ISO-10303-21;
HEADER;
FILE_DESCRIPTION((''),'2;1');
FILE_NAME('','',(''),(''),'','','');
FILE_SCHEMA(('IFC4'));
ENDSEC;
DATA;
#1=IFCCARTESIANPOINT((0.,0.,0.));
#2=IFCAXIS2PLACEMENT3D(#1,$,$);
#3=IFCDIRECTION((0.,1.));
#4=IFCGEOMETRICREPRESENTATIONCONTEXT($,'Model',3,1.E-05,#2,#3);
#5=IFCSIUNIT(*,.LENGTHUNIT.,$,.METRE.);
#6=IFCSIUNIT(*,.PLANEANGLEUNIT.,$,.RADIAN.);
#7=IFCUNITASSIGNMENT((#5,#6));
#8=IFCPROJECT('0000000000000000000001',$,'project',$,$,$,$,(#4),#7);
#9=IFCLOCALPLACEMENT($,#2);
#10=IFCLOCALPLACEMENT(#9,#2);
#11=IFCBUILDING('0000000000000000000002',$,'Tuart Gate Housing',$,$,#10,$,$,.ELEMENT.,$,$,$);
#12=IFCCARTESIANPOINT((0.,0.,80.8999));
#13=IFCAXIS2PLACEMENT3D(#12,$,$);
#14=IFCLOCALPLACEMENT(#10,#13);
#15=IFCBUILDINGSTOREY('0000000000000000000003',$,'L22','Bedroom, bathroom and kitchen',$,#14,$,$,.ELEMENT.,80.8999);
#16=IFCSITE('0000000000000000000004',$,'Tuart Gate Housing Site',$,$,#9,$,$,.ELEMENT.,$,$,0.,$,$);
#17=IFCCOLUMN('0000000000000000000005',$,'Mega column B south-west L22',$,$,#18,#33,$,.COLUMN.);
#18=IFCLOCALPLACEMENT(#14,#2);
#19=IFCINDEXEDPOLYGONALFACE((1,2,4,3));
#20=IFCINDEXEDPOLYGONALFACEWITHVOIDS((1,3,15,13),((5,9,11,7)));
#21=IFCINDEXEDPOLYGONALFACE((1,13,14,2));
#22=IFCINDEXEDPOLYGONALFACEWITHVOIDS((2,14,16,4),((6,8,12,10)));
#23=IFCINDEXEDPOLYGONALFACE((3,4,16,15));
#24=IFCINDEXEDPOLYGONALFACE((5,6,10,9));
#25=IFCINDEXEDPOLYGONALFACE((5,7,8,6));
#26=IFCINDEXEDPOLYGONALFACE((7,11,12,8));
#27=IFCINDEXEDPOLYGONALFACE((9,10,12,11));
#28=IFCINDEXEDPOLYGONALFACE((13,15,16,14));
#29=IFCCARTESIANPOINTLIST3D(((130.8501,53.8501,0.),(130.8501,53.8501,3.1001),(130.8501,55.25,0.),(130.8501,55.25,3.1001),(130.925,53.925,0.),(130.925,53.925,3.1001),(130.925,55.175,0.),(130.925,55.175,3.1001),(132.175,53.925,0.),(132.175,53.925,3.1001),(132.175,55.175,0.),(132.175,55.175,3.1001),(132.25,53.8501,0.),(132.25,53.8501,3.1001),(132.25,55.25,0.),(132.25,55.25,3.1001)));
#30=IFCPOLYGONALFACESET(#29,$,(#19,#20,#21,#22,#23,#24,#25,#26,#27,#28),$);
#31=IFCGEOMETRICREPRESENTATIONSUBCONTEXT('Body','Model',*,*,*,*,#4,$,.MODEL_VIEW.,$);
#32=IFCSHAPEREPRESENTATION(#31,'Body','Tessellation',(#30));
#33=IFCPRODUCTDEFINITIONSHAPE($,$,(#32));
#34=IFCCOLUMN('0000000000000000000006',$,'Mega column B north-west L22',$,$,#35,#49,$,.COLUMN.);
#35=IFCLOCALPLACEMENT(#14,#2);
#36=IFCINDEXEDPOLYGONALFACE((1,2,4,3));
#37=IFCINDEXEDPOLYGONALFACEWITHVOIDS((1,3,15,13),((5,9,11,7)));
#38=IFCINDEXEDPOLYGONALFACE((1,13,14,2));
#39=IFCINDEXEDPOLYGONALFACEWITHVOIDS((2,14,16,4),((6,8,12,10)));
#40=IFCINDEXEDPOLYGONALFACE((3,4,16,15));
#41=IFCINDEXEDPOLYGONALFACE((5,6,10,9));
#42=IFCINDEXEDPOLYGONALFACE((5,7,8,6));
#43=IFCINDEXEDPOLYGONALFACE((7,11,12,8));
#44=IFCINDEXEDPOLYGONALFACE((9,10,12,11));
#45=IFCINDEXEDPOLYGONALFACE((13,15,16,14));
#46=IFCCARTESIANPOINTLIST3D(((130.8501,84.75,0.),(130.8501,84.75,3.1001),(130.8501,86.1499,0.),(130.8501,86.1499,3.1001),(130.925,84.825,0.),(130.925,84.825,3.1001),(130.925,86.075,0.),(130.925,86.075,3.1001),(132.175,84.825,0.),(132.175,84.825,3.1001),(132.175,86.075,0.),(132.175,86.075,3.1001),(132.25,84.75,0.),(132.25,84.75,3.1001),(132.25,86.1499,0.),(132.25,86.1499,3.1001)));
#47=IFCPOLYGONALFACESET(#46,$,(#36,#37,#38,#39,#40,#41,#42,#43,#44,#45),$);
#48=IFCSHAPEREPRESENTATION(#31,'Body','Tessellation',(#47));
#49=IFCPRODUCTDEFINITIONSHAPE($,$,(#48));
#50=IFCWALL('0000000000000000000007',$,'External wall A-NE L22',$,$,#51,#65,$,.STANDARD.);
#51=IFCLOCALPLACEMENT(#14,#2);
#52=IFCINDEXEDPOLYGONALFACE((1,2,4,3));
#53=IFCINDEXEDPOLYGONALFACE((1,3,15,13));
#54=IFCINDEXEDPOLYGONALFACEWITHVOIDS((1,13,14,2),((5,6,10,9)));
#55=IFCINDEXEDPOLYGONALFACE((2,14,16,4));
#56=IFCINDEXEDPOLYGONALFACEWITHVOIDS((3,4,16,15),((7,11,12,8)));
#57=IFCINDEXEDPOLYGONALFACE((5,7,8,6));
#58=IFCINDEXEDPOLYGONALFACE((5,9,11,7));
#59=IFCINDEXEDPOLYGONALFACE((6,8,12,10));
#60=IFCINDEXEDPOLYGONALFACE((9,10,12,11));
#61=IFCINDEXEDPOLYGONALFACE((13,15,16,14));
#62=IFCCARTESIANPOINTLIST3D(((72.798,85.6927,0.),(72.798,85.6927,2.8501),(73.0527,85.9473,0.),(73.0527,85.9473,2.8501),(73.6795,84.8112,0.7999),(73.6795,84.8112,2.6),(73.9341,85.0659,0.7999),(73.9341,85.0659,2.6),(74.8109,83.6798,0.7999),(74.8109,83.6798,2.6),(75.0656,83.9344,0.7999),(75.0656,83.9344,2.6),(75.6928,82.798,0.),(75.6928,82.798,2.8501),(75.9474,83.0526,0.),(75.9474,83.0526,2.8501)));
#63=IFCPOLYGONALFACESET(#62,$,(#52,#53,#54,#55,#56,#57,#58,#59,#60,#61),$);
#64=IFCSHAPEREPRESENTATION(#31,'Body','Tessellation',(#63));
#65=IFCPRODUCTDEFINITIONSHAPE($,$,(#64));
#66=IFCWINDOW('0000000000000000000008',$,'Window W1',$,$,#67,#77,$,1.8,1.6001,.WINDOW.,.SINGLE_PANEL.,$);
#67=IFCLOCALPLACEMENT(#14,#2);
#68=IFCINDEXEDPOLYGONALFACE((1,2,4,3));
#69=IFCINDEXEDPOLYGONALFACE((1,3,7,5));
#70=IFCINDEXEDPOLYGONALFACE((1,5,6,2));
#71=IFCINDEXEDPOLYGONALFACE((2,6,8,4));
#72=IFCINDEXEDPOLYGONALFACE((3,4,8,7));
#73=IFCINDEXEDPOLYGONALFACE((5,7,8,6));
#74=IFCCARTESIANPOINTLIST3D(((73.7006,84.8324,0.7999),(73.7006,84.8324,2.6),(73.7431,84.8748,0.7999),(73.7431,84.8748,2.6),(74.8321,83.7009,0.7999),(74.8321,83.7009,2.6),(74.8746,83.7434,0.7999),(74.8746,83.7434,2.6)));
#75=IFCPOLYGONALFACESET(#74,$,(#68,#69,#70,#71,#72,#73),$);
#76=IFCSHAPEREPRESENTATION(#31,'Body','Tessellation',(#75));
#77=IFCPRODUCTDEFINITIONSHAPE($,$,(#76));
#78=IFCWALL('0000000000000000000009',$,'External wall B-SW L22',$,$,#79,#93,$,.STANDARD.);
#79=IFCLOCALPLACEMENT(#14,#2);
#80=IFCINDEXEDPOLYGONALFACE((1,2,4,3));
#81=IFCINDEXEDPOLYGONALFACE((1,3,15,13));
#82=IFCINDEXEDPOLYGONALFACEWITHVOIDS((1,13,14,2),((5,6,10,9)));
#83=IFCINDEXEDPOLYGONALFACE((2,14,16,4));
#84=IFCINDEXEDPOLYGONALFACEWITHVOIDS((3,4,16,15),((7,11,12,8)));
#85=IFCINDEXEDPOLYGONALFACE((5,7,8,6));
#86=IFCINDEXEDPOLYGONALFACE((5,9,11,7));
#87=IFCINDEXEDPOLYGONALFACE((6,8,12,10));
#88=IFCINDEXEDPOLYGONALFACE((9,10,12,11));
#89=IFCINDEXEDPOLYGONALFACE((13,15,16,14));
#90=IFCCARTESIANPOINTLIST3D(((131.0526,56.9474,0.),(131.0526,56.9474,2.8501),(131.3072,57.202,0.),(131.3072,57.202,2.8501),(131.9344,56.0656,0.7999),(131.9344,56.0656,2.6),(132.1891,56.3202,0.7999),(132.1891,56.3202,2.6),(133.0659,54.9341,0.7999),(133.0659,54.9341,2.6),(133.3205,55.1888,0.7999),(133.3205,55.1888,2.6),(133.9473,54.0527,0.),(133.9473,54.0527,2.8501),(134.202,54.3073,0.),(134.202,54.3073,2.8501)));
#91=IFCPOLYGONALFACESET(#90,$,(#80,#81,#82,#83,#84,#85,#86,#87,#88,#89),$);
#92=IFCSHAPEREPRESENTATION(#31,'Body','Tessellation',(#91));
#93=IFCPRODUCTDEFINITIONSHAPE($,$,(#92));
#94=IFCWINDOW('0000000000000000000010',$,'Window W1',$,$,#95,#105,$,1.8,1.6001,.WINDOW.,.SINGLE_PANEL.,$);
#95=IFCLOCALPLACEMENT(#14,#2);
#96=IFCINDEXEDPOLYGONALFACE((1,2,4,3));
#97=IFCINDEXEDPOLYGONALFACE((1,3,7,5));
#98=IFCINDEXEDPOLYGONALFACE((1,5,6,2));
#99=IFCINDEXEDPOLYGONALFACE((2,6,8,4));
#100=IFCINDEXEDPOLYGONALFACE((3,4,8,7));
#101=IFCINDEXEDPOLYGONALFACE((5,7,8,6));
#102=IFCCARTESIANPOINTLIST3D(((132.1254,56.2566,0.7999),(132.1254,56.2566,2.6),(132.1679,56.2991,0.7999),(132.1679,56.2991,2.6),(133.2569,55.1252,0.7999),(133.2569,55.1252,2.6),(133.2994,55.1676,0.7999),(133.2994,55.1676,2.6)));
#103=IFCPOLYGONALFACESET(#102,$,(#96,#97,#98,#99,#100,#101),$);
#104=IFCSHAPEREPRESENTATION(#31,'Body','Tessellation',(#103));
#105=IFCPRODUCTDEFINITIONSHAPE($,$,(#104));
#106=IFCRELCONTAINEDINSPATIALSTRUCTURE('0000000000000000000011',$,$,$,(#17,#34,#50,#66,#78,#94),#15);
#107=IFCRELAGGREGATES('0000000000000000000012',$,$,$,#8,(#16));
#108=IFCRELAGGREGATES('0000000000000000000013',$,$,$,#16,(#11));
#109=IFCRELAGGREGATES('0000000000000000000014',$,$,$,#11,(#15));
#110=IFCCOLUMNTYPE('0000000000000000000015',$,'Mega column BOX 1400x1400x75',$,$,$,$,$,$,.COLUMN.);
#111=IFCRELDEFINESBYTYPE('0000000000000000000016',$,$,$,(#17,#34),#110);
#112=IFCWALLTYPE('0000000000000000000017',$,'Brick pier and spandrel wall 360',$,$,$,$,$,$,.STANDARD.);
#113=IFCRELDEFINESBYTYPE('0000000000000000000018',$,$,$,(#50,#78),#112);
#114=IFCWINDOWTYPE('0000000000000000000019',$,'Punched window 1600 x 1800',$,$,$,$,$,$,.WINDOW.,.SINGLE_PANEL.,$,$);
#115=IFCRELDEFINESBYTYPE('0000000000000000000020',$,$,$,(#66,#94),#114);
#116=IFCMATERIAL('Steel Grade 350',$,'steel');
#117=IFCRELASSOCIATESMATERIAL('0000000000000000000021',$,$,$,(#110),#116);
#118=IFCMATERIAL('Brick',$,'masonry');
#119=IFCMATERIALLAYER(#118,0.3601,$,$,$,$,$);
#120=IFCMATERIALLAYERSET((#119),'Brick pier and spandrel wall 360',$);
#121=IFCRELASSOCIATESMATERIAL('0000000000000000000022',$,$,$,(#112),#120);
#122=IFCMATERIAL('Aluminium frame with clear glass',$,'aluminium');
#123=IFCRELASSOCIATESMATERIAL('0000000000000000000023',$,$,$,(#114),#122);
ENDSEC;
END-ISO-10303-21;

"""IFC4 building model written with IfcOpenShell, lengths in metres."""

from ifc_helpers import new_model, si_unit, direction, frame, frame_2d, origin, origin_2d, place, context, subcontext, project, spatial, rectangle, hollow_rectangle, extrude, material, layer, layer_set, material_profile, profile_set, type_object, element, fill, save


model = new_model("IFC4")

# Units and contexts
model_context = context("Model", 3, precision=1e-05, world=origin(), true_north=direction((0.0, 1.0)))
body_context = subcontext(model_context, "Body", "Model", "MODEL_VIEW")
ifc_project = project(units=[si_unit("LENGTHUNIT", "METRE"), si_unit("PLANEANGLEUNIT", "RADIAN")], contexts=[model_context])

# Site, building, storey
site_placement = place(None, origin())
site = spatial("IfcSite", under=ifc_project, at=site_placement, Name="Tuart Gate Housing Site", CompositionType="ELEMENT", RefElevation=0.0)
building_placement = place(site_placement, origin())
building = spatial("IfcBuilding", under=site, at=building_placement, Name="Tuart Gate Housing", CompositionType="ELEMENT")
storey_placement = place(building_placement, frame((0.0, 0.0, 80.8999)))
storey = spatial("IfcBuildingStorey", under=building, at=storey_placement, Name="L22", Description="Bedroom, bathroom and kitchen", CompositionType="ELEMENT", Elevation=80.8999)

# Columns
ifc_material_1 = material(Name="Steel Grade 350", Category="steel")
ifc_material_profile = material_profile(ifc_material_1, hollow_rectangle(XDim=1.3999, YDim=1.3999, WallThickness=0.075, at=origin_2d()), Name="BOX 1400x1400x75")
ifc_profile_set = profile_set([ifc_material_profile], Name="Steel Grade 350")
column_type = type_object("IfcColumnType", Name="Mega column BOX 1400x1400x75", PredefinedType="COLUMN", material=ifc_profile_set)
for number, where, z_axis, x_axis, name in (
    (1, (131.55, 54.55, 0.0), (0.0, 0.0, 1.0), (1.0, 0.0, 0.0), "Mega column B south-west L22"),
    (2, (131.55, 85.45, 0.0), (0.0, 0.0, 1.0), (1.0, 0.0, 0.0), "Mega column B north-west L22"),
):
    element("IfcColumn", number, at=place(storey_placement, frame(where, z_axis=z_axis, x_axis=x_axis)), inside=storey, type_object=column_type, Name=name, PredefinedType="COLUMN", context=body_context, shape_type="SweptSolid", body=[
        extrude(hollow_rectangle(XDim=1.3999, YDim=1.3999, WallThickness=0.075, at=origin_2d()), origin(), (0.0, 0.0, 1.0), 3.1001),
    ])

# Walls, openings, windows
ifc_material_2 = material(Name="Brick", Category="masonry")
ifc_layer_1 = layer(ifc_material_2, 0.3601)
ifc_layer_set_1 = layer_set([ifc_layer_1], Name="Brick pier and spandrel wall 360")
wall_type_1 = type_object("IfcWallType", Name="Brick pier and spandrel wall 360", PredefinedType="STANDARD", material=ifc_layer_set_1)
wall_1_placement = place(storey_placement, frame((75.8201, 82.9253, 0.0), z_axis=(0.0, 0.0, 1.0), x_axis=(-0.707107, 0.707107, 0.0)))
wall_1 = element("IfcWall", 3, at=wall_1_placement, inside=storey, type_object=wall_type_1, Name="External wall A-NE L22", PredefinedType="STANDARD", context=body_context, shape_type="SweptSolid", body=[
    extrude(rectangle(XDim=4.0938, YDim=0.3601, at=frame_2d((2.0469, 0.0))), origin(), (0.0, 0.0, 1.0), 2.8501),
])
opening_1_placement = place(wall_1_placement, frame((1.2471, 0.0, 0.8)))
opening_1 = element("IfcOpeningElement", 4, at=opening_1_placement, cuts=wall_1, PredefinedType="OPENING", context=body_context, shape_type="SweptSolid", body=[
    extrude(rectangle(XDim=1.6001, YDim=1.8, at=frame_2d((0.8, 0.8999))), frame((0.0, 0.1899, 0.0), z_axis=(0.0, -1.0, 0.0), x_axis=(1.0, 0.0, 0.0)), (0.0, 0.0, 1.0), 0.3801),
])
ifc_material_3 = material(Name="Aluminium frame with clear glass", Category="aluminium")
window_type_1 = type_object("IfcWindowType", Name="Punched window 1600 x 1800", PartitioningType="SINGLE_PANEL", PredefinedType="WINDOW", material=ifc_material_3)
window_1_placement = place(opening_1_placement, origin())
window_1 = element("IfcWindow", 5, at=window_1_placement, inside=storey, type_object=window_type_1, Name="Window W1", OverallHeight=1.8, OverallWidth=1.6001, PartitioningType="SINGLE_PANEL", PredefinedType="WINDOW", context=body_context, shape_type="SweptSolid", body=[
    extrude(rectangle(XDim=1.6001, YDim=1.8, at=frame_2d((0.8, 0.8999))), frame((0.0, 0.1501, 0.0), z_axis=(0.0, -1.0, 0.0), x_axis=(1.0, 0.0, 0.0)), (0.0, 0.0, 1.0), 0.0601),
])
fill(opening_1, window_1)
wall_2_placement = place(storey_placement, frame((131.1799, 57.0747, 0.0), z_axis=(0.0, 0.0, 1.0), x_axis=(0.707107, -0.707107, 0.0)))
wall_2 = element("IfcWall", 6, at=wall_2_placement, inside=storey, type_object=wall_type_1, Name="External wall B-SW L22", PredefinedType="STANDARD", context=body_context, shape_type="SweptSolid", body=[
    extrude(rectangle(XDim=4.0938, YDim=0.3601, at=frame_2d((2.0469, 0.0))), origin(), (0.0, 0.0, 1.0), 2.8501),
])
opening_2_placement = place(wall_2_placement, frame((1.2471, 0.0, 0.8)))
opening_2 = element("IfcOpeningElement", 7, at=opening_2_placement, cuts=wall_2, PredefinedType="OPENING", context=body_context, shape_type="SweptSolid", body=[
    extrude(rectangle(XDim=1.6001, YDim=1.8, at=frame_2d((0.8, 0.8999))), frame((0.0, 0.1899, 0.0), z_axis=(0.0, -1.0, 0.0), x_axis=(1.0, 0.0, 0.0)), (0.0, 0.0, 1.0), 0.3801),
])
window_2_placement = place(opening_2_placement, origin())
window_2 = element("IfcWindow", 8, at=window_2_placement, inside=storey, type_object=window_type_1, Name="Window W1", OverallHeight=1.8, OverallWidth=1.6001, PartitioningType="SINGLE_PANEL", PredefinedType="WINDOW", context=body_context, shape_type="SweptSolid", body=[
    extrude(rectangle(XDim=1.6001, YDim=1.8, at=frame_2d((0.8, 0.8999))), frame((0.0, 0.1501, 0.0), z_axis=(0.0, -1.0, 0.0), x_axis=(1.0, 0.0, 0.0)), (0.0, 0.0, 1.0), 0.0601),
])
fill(opening_2, window_2)

save(model, "model.ifc")
